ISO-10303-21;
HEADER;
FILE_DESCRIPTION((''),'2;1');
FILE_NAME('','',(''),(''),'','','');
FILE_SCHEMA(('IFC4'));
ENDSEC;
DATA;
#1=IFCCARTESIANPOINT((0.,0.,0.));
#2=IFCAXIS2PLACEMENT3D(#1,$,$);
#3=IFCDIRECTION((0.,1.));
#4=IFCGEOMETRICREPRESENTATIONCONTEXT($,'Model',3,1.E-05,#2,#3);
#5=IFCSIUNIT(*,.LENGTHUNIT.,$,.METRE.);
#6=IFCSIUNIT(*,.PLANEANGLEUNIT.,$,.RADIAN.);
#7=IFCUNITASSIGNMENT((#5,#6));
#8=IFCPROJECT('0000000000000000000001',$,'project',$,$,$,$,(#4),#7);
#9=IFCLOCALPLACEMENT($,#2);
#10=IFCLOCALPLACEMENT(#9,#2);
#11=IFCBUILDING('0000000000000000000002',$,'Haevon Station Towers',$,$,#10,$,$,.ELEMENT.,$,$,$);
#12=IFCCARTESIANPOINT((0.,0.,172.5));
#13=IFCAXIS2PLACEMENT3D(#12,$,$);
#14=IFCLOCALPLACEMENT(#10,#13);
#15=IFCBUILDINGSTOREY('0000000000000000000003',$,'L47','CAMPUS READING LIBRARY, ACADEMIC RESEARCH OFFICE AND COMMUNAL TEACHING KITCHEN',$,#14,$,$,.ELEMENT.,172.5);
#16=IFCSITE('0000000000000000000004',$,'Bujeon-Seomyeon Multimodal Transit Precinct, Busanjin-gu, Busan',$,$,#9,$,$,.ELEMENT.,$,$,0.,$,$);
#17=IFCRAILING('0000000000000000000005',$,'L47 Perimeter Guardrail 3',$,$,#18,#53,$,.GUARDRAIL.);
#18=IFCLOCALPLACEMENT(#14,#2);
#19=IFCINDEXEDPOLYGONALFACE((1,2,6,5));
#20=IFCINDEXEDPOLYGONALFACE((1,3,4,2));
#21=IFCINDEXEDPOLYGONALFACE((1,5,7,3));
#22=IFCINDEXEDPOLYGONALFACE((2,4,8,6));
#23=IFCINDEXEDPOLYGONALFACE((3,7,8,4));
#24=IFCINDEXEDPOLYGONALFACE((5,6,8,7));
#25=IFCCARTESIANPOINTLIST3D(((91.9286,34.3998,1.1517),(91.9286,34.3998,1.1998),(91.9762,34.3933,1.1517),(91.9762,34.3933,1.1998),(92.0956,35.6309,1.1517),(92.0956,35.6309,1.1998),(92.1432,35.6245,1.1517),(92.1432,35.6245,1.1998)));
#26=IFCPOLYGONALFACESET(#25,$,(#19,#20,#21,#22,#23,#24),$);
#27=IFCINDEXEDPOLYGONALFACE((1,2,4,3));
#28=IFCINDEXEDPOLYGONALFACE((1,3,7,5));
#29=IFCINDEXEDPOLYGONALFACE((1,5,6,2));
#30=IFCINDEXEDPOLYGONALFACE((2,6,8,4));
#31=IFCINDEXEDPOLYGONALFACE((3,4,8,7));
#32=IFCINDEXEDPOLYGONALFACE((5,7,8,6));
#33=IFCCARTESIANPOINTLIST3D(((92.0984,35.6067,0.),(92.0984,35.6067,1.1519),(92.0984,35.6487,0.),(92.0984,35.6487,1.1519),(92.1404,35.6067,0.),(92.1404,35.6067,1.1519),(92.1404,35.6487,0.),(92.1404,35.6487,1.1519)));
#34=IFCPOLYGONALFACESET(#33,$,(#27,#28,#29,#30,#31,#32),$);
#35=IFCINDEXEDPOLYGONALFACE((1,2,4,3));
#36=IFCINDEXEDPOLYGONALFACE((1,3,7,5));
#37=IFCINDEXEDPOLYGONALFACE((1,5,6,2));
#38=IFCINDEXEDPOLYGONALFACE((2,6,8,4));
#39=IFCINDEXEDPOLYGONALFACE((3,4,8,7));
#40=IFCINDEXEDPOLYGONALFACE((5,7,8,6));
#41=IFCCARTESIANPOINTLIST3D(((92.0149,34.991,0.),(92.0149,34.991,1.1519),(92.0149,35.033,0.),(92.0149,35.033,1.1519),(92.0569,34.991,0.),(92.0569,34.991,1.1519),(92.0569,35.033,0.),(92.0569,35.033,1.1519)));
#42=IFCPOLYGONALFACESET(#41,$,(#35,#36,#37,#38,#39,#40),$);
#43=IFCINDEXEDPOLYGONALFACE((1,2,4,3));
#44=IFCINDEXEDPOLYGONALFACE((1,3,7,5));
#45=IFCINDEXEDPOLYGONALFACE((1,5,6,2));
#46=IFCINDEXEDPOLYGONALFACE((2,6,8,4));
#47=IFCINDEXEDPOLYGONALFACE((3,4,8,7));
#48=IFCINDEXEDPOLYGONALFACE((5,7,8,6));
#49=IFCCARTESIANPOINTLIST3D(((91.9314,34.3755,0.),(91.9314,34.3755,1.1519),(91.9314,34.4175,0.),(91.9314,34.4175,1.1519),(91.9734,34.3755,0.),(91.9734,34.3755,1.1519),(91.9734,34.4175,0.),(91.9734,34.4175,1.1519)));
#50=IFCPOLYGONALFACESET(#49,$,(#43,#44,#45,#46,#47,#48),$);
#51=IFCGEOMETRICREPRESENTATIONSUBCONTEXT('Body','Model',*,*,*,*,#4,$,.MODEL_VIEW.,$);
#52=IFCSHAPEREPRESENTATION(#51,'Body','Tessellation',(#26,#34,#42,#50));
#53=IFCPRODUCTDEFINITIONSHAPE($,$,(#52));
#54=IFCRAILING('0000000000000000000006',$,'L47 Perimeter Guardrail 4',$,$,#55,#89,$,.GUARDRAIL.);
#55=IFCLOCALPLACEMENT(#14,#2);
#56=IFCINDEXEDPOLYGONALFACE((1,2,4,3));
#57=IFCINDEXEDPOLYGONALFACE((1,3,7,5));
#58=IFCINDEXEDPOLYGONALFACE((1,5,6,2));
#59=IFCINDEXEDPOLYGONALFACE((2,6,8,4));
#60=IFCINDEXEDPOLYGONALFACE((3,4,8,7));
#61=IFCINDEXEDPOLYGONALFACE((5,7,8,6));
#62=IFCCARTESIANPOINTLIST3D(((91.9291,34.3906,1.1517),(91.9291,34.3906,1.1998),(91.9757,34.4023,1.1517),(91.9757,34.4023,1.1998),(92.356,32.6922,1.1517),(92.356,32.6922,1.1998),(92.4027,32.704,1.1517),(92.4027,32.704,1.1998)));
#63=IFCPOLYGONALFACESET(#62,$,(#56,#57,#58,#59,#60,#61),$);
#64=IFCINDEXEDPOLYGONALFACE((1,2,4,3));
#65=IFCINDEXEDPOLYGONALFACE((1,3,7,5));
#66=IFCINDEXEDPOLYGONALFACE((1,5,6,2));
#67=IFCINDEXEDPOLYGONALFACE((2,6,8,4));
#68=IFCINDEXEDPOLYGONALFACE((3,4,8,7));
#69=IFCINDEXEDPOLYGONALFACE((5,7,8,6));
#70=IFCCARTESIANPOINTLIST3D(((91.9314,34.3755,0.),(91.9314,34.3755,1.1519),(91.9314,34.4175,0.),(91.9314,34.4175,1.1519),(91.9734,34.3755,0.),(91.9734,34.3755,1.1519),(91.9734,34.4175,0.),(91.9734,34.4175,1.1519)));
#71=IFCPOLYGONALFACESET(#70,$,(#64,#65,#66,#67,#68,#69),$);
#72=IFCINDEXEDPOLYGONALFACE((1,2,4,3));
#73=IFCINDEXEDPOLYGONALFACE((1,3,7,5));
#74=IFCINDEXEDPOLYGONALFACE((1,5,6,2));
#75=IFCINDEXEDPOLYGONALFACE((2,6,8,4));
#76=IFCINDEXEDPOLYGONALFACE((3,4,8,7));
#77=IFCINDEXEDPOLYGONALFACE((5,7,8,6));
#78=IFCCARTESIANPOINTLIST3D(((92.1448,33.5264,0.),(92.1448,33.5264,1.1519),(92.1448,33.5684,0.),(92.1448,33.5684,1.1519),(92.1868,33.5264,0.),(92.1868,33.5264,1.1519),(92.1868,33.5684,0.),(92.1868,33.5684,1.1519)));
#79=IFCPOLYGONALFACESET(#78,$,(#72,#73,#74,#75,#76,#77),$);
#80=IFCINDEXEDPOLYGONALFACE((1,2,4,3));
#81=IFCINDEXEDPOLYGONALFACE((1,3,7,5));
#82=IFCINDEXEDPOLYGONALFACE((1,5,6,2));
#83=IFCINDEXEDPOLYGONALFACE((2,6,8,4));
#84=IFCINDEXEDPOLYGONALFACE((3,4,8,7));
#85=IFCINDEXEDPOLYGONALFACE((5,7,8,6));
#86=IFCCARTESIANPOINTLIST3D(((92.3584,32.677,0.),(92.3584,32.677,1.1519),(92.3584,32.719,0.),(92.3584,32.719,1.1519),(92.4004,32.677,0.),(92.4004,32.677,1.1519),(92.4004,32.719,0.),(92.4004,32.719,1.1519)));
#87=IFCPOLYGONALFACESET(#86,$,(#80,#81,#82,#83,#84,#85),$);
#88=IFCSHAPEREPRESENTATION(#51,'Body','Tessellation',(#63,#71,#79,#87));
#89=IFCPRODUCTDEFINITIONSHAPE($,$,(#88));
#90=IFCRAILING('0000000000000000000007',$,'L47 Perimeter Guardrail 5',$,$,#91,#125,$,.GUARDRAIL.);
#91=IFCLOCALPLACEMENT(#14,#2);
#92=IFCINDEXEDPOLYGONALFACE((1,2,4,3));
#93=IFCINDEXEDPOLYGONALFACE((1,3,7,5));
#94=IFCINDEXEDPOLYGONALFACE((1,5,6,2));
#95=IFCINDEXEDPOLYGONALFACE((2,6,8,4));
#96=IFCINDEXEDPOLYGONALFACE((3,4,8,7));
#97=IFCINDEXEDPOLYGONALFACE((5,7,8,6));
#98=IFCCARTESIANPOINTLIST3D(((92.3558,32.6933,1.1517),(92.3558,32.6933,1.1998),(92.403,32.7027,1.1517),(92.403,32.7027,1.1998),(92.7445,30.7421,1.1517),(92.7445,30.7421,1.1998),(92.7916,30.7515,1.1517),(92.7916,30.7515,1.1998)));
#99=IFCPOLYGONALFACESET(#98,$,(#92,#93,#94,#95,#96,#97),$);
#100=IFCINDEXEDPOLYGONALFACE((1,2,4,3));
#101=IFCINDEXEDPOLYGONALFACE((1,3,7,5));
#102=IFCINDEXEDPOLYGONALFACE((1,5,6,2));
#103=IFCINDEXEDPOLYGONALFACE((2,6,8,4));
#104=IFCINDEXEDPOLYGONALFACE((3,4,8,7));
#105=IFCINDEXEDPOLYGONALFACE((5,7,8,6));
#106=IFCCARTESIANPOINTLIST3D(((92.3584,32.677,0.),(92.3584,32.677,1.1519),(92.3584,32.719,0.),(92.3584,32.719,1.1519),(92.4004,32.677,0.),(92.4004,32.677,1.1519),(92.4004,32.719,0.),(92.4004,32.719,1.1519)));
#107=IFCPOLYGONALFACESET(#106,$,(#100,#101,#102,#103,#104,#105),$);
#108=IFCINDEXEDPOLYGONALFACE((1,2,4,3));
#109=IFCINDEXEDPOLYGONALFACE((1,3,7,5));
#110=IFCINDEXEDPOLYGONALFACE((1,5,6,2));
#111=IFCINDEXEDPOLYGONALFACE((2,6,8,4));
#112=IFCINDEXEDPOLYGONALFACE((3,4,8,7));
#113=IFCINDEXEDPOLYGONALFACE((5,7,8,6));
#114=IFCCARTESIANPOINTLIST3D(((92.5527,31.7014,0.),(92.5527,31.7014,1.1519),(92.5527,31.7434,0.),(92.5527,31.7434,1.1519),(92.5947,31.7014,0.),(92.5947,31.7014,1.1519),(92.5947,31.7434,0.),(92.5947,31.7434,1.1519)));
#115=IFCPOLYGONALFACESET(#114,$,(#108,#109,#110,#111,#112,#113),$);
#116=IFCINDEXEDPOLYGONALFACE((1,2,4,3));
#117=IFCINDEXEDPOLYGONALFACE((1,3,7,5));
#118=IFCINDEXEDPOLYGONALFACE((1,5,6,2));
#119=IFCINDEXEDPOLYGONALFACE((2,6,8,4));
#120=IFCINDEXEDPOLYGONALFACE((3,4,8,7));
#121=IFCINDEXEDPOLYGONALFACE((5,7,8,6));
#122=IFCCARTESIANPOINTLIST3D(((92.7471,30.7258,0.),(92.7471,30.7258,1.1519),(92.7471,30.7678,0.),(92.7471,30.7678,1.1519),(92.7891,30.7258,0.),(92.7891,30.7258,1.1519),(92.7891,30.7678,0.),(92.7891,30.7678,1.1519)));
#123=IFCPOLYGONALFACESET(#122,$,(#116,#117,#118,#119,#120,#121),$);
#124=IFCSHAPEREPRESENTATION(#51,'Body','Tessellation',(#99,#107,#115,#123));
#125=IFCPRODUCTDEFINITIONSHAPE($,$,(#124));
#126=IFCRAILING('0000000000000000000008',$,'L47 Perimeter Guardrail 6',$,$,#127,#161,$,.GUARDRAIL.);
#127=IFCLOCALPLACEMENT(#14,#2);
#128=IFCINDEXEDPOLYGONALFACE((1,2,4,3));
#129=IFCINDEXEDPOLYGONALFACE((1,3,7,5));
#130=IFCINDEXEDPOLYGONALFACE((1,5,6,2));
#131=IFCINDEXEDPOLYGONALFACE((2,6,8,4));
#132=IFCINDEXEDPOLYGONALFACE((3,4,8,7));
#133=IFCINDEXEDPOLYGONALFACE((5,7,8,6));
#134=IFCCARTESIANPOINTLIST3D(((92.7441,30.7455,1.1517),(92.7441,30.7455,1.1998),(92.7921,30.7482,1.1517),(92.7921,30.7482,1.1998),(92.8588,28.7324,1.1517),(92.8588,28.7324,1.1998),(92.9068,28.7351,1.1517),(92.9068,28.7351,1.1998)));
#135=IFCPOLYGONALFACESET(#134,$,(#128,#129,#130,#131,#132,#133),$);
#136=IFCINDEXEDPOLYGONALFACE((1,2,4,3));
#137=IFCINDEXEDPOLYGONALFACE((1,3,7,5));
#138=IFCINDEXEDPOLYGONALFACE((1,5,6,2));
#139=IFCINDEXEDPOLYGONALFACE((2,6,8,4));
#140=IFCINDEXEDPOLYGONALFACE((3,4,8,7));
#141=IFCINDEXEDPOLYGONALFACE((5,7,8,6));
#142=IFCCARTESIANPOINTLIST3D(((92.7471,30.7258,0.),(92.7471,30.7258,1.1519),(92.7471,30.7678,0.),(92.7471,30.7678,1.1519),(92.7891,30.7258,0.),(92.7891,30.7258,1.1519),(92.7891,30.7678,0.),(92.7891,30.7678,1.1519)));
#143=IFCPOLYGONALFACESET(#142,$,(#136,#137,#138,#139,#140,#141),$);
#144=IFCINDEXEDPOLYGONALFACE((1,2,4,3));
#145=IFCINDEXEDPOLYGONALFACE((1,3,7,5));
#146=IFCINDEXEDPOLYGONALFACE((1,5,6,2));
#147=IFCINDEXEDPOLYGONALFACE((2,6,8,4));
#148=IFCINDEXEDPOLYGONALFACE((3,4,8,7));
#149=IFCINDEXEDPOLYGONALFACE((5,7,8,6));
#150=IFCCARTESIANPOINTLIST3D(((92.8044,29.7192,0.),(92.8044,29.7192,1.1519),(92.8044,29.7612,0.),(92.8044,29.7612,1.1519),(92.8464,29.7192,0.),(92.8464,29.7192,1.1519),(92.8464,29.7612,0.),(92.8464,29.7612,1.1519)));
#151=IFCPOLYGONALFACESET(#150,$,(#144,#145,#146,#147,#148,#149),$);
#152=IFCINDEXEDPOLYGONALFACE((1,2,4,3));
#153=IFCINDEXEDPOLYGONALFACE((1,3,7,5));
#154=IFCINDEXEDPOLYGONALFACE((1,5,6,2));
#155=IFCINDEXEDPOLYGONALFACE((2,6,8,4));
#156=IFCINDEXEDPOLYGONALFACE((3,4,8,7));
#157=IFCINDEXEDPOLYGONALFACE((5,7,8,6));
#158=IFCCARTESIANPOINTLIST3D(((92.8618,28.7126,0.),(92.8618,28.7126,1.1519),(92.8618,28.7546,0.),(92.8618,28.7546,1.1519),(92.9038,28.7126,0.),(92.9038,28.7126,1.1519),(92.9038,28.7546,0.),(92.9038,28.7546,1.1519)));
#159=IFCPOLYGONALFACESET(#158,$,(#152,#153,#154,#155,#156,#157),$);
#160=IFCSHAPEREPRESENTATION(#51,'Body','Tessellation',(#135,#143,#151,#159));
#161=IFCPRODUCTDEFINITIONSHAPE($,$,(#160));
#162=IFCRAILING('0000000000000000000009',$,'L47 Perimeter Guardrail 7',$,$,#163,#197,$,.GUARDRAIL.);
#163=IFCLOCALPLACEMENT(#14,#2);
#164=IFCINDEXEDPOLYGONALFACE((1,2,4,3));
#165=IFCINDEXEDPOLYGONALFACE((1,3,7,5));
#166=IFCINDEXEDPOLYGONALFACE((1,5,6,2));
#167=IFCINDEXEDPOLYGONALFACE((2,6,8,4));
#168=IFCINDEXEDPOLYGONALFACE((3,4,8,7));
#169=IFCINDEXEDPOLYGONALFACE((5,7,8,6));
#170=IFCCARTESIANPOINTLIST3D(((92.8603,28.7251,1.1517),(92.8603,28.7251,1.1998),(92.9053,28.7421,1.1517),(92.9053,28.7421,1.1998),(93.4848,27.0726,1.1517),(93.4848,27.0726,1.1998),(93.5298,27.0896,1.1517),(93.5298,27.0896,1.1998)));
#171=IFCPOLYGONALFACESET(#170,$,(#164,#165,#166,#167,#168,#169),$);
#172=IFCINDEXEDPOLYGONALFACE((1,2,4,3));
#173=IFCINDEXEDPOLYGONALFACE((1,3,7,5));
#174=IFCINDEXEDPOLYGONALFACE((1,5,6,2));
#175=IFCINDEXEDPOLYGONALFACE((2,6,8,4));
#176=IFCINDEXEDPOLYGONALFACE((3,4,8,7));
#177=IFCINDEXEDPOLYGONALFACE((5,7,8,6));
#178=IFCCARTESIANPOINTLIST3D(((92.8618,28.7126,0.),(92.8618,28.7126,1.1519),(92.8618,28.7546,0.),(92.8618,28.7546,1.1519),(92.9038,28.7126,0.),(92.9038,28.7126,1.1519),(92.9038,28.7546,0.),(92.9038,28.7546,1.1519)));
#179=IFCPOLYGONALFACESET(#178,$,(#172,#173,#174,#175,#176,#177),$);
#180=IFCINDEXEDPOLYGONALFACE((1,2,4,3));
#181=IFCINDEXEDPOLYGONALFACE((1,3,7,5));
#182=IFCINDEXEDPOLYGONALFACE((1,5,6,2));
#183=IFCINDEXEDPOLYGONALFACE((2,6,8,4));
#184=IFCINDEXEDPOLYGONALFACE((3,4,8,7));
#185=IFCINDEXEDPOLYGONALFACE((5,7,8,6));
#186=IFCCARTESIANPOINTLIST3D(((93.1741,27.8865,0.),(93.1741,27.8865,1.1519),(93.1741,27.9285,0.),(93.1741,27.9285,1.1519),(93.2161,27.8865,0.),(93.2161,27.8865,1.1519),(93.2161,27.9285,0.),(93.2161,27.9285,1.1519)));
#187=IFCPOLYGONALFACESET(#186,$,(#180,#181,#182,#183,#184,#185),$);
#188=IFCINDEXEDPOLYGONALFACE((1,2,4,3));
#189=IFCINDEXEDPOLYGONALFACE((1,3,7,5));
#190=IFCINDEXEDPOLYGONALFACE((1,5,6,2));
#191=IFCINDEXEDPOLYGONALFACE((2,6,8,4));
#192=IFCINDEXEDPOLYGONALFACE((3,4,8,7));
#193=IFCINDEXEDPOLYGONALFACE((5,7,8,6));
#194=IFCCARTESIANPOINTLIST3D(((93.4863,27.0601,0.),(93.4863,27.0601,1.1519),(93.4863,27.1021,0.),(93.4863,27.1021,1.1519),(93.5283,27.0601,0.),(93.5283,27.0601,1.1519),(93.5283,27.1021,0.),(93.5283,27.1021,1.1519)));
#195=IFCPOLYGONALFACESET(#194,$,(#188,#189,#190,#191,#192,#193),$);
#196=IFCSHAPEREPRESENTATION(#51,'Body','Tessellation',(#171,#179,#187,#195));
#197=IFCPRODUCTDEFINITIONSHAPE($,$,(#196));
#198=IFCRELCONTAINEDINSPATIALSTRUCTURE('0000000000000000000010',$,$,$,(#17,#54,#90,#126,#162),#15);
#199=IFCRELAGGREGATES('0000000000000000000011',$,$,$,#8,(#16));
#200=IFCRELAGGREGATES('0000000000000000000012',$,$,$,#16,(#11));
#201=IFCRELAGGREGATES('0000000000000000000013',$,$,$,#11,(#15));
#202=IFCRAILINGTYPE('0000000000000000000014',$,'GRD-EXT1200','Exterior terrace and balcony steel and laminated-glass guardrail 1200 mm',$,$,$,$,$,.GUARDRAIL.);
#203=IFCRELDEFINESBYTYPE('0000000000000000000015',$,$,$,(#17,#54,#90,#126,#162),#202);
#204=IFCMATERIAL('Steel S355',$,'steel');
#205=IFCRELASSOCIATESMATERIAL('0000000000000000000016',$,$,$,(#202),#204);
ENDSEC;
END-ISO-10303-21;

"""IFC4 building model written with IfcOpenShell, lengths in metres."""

from ifc_helpers import new_model, si_unit, direction, frame, origin, origin_2d, place, context, subcontext, project, spatial, rectangle, extrude, material, type_object, element, save


model = new_model("IFC4")

# Units and contexts
model_context = context("Model", 3, precision=1e-05, world=origin(), true_north=direction((0.0, 1.0)))
body_context = subcontext(model_context, "Body", "Model", "MODEL_VIEW")
ifc_project = project(units=[si_unit("LENGTHUNIT", "METRE"), si_unit("PLANEANGLEUNIT", "RADIAN")], contexts=[model_context])

# Site, building, storey
site_placement = place(None, origin())
site = spatial("IfcSite", under=ifc_project, at=site_placement, Name="Bujeon-Seomyeon Multimodal Transit Precinct, Busanjin-gu, Busan", CompositionType="ELEMENT", RefElevation=0.0)
building_placement = place(site_placement, origin())
building = spatial("IfcBuilding", under=site, at=building_placement, Name="Haevon Station Towers", CompositionType="ELEMENT")
storey_placement = place(building_placement, frame((0.0, 0.0, 172.5)))
storey = spatial("IfcBuildingStorey", under=building, at=storey_placement, Name="L47", Description="CAMPUS READING LIBRARY, ACADEMIC RESEARCH OFFICE AND COMMUNAL TEACHING KITCHEN", CompositionType="ELEMENT", Elevation=172.5)

# Shared definitions
ifc_material_1 = material(Name="Steel S355", Category="steel")

# Railings
railing_type = type_object("IfcRailingType", Name="GRD-EXT1200", Description="Exterior terrace and balcony steel and laminated-glass guardrail 1200 mm", PredefinedType="GUARDRAIL", material=ifc_material_1)
railing_1_placement = place(storey_placement, frame((92.1194, 35.6277, 0.0)))
element("IfcRailing", 1, at=railing_1_placement, inside=storey, type_object=railing_type, Name="L47 Perimeter Guardrail 3", PredefinedType="GUARDRAIL", context=body_context, shape_type="SweptSolid", body=[
    extrude(rectangle(XDim=0.0481, YDim=0.0481, at=origin_2d()), frame((0.0, 0.0, 1.1758), z_axis=(-0.134403, -0.990927, 0.0), x_axis=(0.990927, -0.134403, 0.0)), (0.0, 0.0, 1.0), 1.2424),
    extrude(rectangle(XDim=0.042, YDim=0.042, at=origin_2d()), origin(), (0.0, 0.0, 1.0), 1.1519),
    extrude(rectangle(XDim=0.042, YDim=0.042, at=origin_2d()), frame((-0.0835, -0.6157, 0.0)), (0.0, 0.0, 1.0), 1.1519),
    extrude(rectangle(XDim=0.042, YDim=0.042, at=origin_2d()), frame((-0.167, -1.2312, 0.0)), (0.0, 0.0, 1.0), 1.1519),
])
railing_2_placement = place(storey_placement, frame((91.9524, 34.3965, 0.0)))
element("IfcRailing", 2, at=railing_2_placement, inside=storey, type_object=railing_type, Name="L47 Perimeter Guardrail 4", PredefinedType="GUARDRAIL", context=body_context, shape_type="SweptSolid", body=[
    extrude(rectangle(XDim=0.0481, YDim=0.0481, at=origin_2d()), frame((0.0, 0.0, 1.1758), z_axis=(0.243815, -0.969822, 0.0), x_axis=(0.969822, 0.243815, 0.0)), (0.0, 0.0, 1.0), 1.7512),
    extrude(rectangle(XDim=0.042, YDim=0.042, at=origin_2d()), origin(), (0.0, 0.0, 1.0), 1.1519),
    extrude(rectangle(XDim=0.042, YDim=0.042, at=origin_2d()), frame((0.2134, -0.8491, 0.0)), (0.0, 0.0, 1.0), 1.1519),
    extrude(rectangle(XDim=0.042, YDim=0.042, at=origin_2d()), frame((0.427, -1.6985, 0.0)), (0.0, 0.0, 1.0), 1.1519),
])
railing_3_placement = place(storey_placement, frame((92.3794, 32.698, 0.0)))
element("IfcRailing", 3, at=railing_3_placement, inside=storey, type_object=railing_type, Name="L47 Perimeter Guardrail 5", PredefinedType="GUARDRAIL", context=body_context, shape_type="SweptSolid", body=[
    extrude(rectangle(XDim=0.0481, YDim=0.0481, at=origin_2d()), frame((0.0, 0.0, 1.1758), z_axis=(0.195361, -0.980731, 0.0), x_axis=(0.980731, 0.195361, 0.0)), (0.0, 0.0, 1.0), 1.9895),
    extrude(rectangle(XDim=0.042, YDim=0.042, at=origin_2d()), origin(), (0.0, 0.0, 1.0), 1.1519),
    extrude(rectangle(XDim=0.042, YDim=0.042, at=origin_2d()), frame((0.1943, -0.9756, 0.0)), (0.0, 0.0, 1.0), 1.1519),
    extrude(rectangle(XDim=0.042, YDim=0.042, at=origin_2d()), frame((0.3887, -1.9512, 0.0)), (0.0, 0.0, 1.0), 1.1519),
])
railing_4_placement = place(storey_placement, frame((92.7681, 30.7468, 0.0)))
element("IfcRailing", 4, at=railing_4_placement, inside=storey, type_object=railing_type, Name="L47 Perimeter Guardrail 6", PredefinedType="GUARDRAIL", context=body_context, shape_type="SweptSolid", body=[
    extrude(rectangle(XDim=0.0481, YDim=0.0481, at=origin_2d()), frame((0.0, 0.0, 1.1758), z_axis=(0.056905, -0.99838, 0.0), x_axis=(0.99838, 0.056905, 0.0)), (0.0, 0.0, 1.0), 2.0164),
    extrude(rectangle(XDim=0.042, YDim=0.042, at=origin_2d()), origin(), (0.0, 0.0, 1.0), 1.1519),
    extrude(rectangle(XDim=0.042, YDim=0.042, at=origin_2d()), frame((0.0574, -1.0066, 0.0)), (0.0, 0.0, 1.0), 1.1519),
    extrude(rectangle(XDim=0.042, YDim=0.042, at=origin_2d()), frame((0.1147, -2.0132, 0.0)), (0.0, 0.0, 1.0), 1.1519),
])
railing_5_placement = place(storey_placement, frame((92.8828, 28.7336, 0.0)))
element("IfcRailing", 5, at=railing_5_placement, inside=storey, type_object=railing_type, Name="L47 Perimeter Guardrail 7", PredefinedType="GUARDRAIL", context=body_context, shape_type="SweptSolid", body=[
    extrude(rectangle(XDim=0.0481, YDim=0.0481, at=origin_2d()), frame((0.0, 0.0, 1.1758), z_axis=(0.3535, -0.935435, 0.0), x_axis=(0.935435, 0.3535, 0.0)), (0.0, 0.0, 1.0), 1.7666),
    extrude(rectangle(XDim=0.042, YDim=0.042, at=origin_2d()), origin(), (0.0, 0.0, 1.0), 1.1519),
    extrude(rectangle(XDim=0.042, YDim=0.042, at=origin_2d()), frame((0.3123, -0.8262, 0.0)), (0.0, 0.0, 1.0), 1.1519),
    extrude(rectangle(XDim=0.042, YDim=0.042, at=origin_2d()), frame((0.6245, -1.6526, 0.0)), (0.0, 0.0, 1.0), 1.1519),
])

save(model, "model.ifc")
